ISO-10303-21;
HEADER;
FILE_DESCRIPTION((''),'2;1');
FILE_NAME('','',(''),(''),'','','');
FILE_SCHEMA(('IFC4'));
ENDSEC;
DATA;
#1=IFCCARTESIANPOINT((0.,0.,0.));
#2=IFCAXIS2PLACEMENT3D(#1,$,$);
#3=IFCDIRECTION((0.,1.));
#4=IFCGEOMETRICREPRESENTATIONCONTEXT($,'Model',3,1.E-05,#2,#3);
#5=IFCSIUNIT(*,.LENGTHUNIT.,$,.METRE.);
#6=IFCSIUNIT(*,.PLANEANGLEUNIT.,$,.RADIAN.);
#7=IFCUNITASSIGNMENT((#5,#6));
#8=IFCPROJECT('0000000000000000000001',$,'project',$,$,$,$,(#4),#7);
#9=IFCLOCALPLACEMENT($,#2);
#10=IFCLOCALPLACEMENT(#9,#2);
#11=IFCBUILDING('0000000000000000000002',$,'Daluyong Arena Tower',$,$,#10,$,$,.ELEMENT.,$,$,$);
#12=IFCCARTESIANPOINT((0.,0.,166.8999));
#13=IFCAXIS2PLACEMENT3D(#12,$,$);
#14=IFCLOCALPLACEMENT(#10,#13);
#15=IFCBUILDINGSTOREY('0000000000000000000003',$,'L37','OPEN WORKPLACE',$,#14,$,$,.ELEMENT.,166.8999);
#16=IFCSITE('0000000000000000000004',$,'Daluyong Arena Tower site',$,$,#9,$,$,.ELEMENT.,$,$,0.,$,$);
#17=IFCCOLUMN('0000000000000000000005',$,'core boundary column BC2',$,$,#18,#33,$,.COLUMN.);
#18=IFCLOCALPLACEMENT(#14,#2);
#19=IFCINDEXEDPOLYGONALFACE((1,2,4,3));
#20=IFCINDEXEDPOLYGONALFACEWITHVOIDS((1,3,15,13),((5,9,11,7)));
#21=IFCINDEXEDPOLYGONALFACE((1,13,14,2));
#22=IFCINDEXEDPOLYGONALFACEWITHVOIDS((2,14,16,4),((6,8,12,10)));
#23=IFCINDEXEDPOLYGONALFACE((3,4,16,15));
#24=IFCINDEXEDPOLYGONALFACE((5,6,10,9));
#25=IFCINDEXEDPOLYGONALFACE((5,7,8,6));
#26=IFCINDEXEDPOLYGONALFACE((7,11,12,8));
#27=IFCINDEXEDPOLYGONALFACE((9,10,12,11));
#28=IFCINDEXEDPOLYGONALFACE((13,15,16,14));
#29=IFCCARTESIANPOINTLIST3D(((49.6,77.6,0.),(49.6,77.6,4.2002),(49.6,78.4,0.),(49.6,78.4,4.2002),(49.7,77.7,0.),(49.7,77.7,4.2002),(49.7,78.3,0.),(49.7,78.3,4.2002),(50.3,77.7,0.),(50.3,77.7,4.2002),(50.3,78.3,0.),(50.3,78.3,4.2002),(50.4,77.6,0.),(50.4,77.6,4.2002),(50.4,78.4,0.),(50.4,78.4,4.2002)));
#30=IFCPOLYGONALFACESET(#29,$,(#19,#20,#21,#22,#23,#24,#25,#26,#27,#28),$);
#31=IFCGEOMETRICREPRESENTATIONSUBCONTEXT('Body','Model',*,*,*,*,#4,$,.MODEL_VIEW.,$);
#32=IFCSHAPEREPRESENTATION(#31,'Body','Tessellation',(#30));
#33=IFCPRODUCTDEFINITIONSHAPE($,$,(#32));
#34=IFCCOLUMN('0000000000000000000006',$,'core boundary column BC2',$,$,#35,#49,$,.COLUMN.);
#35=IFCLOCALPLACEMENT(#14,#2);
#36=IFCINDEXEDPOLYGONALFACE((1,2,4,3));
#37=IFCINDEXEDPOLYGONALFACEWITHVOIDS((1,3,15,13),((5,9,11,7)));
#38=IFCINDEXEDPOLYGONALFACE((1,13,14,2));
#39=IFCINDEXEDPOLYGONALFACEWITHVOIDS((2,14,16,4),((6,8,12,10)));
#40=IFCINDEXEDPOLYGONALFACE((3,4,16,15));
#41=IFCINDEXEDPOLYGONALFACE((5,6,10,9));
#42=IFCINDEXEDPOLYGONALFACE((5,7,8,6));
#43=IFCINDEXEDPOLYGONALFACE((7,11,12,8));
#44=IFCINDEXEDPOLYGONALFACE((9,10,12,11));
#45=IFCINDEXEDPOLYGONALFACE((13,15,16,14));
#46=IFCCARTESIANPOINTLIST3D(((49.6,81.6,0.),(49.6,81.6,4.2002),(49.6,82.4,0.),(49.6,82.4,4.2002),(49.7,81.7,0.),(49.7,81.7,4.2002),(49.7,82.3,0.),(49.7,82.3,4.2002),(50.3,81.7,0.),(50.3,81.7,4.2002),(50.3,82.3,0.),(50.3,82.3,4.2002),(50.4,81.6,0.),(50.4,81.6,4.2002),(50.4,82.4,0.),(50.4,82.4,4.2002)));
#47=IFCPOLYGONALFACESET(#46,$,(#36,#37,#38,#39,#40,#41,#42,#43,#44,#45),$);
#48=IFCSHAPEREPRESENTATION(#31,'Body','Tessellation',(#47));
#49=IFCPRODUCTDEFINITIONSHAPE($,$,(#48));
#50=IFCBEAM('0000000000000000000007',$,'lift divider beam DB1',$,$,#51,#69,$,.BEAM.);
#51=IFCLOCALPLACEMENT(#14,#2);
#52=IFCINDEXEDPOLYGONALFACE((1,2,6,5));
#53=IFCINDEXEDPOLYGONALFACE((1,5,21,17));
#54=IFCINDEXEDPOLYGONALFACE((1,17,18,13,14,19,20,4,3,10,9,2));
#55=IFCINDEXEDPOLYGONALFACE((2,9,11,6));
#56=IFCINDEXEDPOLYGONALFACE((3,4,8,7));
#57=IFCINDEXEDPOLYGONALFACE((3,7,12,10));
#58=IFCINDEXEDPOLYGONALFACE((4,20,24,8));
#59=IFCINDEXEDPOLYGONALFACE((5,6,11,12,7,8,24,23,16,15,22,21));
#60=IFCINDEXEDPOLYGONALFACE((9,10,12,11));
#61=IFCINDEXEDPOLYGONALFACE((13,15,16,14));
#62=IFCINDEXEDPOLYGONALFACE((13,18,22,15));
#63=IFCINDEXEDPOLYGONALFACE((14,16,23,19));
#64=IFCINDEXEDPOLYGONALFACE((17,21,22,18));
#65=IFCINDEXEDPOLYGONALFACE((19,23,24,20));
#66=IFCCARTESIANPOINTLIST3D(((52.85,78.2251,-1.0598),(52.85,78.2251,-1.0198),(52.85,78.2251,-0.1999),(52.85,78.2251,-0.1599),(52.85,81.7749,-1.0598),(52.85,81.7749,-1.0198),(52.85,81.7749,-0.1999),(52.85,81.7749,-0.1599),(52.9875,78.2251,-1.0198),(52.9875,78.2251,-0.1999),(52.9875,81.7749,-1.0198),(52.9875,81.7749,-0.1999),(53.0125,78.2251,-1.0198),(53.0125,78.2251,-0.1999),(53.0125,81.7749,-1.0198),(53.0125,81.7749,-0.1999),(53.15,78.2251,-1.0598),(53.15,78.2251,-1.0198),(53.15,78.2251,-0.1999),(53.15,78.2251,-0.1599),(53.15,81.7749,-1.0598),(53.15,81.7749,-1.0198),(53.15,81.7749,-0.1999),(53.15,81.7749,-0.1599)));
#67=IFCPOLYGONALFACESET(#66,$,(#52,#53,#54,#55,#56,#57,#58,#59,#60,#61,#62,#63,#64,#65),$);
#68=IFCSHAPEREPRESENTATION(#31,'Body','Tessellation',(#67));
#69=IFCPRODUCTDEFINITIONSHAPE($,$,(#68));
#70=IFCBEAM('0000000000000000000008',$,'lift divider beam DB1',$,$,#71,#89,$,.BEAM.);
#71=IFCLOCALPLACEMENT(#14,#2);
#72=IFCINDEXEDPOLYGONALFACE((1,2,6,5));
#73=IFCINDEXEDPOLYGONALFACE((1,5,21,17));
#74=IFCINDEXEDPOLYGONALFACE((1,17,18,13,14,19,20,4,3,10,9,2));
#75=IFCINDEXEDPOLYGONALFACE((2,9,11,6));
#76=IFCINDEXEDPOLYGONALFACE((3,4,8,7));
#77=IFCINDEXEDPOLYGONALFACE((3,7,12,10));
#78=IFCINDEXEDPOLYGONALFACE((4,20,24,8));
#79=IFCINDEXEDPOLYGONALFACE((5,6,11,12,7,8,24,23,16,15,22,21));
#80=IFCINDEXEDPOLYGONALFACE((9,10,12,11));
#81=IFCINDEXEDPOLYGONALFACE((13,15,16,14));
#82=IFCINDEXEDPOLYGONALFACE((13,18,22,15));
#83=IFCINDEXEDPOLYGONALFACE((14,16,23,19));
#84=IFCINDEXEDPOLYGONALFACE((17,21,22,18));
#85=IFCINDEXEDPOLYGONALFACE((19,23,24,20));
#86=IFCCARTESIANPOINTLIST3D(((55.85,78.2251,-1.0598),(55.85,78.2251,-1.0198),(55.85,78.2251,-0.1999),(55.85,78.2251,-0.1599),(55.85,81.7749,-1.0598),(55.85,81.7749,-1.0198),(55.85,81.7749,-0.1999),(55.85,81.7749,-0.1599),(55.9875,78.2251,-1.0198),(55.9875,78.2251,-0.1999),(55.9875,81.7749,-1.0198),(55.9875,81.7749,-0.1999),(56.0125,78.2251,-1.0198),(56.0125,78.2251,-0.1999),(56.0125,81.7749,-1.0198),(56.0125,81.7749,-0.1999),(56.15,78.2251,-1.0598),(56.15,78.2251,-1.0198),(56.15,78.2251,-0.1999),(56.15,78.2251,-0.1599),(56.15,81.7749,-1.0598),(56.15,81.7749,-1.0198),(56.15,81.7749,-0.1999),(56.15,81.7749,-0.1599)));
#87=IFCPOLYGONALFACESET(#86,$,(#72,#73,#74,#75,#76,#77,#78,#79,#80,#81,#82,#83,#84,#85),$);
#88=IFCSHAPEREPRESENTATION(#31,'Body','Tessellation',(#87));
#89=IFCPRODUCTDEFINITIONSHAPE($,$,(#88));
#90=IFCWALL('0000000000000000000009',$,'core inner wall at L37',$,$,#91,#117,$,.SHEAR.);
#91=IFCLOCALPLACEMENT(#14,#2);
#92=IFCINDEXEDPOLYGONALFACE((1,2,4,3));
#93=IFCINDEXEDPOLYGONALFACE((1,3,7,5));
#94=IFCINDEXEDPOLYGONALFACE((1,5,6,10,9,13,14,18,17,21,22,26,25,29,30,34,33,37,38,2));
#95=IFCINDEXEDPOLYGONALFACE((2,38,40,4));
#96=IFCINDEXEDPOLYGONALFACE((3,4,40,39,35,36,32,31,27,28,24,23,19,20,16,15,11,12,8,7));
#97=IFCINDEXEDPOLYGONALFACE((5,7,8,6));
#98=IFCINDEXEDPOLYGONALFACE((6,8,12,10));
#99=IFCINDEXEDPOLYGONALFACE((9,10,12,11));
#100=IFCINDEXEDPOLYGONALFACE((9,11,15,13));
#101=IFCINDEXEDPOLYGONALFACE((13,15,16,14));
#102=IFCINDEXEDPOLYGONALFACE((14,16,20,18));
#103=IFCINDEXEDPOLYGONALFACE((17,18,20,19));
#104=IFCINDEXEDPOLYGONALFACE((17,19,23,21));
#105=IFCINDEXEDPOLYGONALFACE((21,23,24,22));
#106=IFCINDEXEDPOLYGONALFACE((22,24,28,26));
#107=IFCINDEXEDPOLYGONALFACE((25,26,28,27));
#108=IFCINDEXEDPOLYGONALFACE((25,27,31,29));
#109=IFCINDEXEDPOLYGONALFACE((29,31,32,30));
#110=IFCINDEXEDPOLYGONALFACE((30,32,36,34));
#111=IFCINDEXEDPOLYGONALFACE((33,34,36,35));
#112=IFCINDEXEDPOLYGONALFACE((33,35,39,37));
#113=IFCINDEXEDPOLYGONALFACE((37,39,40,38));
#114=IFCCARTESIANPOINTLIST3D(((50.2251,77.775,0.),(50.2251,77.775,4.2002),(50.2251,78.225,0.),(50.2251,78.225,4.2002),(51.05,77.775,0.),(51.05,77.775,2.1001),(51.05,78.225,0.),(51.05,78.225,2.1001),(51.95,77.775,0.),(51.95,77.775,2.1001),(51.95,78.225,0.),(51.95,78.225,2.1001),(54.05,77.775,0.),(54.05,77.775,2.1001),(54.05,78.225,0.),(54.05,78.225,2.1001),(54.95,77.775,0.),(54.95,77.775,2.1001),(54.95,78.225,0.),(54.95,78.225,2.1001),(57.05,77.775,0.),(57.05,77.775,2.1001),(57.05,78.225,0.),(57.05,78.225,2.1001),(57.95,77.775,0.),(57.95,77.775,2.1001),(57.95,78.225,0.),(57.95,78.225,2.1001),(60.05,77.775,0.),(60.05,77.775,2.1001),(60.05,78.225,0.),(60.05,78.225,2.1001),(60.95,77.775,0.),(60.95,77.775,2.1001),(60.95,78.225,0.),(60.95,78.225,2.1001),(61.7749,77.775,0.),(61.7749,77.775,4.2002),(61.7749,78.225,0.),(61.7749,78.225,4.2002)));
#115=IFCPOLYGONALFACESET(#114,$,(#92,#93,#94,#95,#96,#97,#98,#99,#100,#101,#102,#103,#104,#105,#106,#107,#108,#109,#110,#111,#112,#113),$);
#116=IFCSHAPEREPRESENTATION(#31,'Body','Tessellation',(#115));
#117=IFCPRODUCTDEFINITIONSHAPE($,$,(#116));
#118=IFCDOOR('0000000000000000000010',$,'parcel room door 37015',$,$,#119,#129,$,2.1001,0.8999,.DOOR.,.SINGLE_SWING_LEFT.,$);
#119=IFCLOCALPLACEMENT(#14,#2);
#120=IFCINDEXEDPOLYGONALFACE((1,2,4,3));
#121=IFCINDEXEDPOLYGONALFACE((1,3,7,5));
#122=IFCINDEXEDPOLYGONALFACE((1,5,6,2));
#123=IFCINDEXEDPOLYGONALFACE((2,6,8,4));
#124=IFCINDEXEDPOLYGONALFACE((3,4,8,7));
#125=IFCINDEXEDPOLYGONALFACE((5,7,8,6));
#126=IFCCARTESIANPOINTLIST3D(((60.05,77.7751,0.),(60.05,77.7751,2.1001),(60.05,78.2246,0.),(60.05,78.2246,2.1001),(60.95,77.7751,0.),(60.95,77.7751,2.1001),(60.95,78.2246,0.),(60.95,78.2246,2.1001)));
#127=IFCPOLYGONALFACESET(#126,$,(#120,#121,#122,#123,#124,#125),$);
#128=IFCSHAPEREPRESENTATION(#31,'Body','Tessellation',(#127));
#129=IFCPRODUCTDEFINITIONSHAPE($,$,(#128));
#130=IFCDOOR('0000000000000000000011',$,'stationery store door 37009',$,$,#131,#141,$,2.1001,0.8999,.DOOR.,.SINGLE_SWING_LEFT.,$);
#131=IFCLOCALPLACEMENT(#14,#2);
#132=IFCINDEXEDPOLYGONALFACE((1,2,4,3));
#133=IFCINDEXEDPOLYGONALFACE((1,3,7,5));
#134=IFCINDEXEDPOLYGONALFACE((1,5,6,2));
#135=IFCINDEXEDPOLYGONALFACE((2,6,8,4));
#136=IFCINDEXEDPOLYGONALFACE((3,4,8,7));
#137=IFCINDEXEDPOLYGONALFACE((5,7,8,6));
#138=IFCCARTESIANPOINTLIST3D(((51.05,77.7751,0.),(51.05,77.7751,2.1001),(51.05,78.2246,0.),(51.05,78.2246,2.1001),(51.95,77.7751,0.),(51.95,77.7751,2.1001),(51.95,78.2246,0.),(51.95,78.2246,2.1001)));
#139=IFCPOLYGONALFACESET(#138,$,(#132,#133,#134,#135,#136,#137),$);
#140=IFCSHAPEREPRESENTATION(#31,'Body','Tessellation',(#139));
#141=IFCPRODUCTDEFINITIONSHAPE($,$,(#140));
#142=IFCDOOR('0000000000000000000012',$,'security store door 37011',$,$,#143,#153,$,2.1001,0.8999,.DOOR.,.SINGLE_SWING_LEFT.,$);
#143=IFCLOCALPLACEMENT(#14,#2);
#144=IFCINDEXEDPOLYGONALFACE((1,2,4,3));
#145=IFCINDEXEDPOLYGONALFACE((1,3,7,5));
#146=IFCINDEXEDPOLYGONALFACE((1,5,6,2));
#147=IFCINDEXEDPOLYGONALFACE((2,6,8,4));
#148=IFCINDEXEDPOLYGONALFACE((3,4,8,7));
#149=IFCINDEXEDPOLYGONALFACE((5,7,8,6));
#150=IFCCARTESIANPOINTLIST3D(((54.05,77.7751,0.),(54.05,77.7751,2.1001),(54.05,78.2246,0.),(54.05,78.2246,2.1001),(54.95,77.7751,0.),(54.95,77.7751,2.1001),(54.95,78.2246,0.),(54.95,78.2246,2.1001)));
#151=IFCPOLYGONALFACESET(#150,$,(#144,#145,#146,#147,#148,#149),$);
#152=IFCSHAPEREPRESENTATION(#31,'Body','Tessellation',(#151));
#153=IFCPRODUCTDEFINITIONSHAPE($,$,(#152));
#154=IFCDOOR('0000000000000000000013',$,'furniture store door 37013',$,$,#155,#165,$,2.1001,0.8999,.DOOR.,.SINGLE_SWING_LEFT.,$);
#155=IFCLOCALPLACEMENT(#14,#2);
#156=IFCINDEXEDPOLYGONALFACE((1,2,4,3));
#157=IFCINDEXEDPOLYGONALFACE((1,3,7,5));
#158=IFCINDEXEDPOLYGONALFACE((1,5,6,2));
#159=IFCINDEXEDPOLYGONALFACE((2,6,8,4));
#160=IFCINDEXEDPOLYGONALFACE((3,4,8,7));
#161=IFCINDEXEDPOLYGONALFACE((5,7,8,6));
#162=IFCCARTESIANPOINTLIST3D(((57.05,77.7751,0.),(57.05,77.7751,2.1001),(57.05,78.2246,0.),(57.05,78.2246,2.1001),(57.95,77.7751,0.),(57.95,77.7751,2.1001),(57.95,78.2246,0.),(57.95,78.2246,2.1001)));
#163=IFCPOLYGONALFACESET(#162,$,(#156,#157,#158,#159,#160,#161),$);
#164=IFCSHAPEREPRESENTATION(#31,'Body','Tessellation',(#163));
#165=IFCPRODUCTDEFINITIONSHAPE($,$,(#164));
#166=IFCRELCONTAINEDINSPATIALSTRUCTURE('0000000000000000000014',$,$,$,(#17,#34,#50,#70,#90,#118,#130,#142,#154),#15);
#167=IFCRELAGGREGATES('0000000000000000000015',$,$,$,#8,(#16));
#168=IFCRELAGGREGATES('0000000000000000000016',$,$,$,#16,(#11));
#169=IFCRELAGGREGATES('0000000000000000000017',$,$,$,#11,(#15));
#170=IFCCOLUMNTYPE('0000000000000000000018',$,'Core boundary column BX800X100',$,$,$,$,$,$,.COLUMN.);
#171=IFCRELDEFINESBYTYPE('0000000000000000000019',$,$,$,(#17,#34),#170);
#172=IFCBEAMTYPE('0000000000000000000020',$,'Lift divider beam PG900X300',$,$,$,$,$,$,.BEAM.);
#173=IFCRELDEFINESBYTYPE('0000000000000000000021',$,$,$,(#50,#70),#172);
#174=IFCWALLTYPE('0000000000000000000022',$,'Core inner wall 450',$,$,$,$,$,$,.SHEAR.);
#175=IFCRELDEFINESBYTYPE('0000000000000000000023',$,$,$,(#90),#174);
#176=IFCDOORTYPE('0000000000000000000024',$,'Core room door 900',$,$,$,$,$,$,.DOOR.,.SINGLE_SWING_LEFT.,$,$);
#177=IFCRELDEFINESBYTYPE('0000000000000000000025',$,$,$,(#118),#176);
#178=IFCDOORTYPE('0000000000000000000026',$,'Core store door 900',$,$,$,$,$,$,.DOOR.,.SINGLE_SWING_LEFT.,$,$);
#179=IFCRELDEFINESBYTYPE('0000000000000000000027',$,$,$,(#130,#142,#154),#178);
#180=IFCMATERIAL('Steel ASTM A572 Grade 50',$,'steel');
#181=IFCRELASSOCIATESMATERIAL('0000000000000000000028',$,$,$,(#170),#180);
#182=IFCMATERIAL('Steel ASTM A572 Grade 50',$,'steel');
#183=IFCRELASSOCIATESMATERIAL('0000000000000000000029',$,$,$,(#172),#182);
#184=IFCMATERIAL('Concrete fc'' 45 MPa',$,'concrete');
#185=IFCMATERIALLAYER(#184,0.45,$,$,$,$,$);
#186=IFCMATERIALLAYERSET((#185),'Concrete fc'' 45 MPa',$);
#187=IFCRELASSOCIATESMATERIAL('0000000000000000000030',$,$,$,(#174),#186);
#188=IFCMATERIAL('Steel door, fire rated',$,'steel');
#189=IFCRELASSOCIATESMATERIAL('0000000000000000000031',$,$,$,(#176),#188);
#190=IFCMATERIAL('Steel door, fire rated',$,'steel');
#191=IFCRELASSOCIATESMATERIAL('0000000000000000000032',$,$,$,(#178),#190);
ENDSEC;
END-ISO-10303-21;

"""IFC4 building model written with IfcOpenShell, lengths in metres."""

from ifc_helpers import new_model, si_unit, direction, frame, frame_2d, origin, origin_2d, place, context, subcontext, project, spatial, rectangle, hollow_rectangle, i_section, extrude, material, layer, layer_set, material_profile, profile_set, type_object, element, fill, save


model = new_model("IFC4")

# Units and contexts
model_context = context("Model", 3, precision=1e-05, world=origin(), true_north=direction((0.0, 1.0)))
body_context = subcontext(model_context, "Body", "Model", "MODEL_VIEW")
ifc_project = project(units=[si_unit("LENGTHUNIT", "METRE"), si_unit("PLANEANGLEUNIT", "RADIAN")], contexts=[model_context])

# Site, building, storey
site_placement = place(None, origin())
site = spatial("IfcSite", under=ifc_project, at=site_placement, Name="Daluyong Arena Tower site", CompositionType="ELEMENT", RefElevation=0.0)
building_placement = place(site_placement, origin())
building = spatial("IfcBuilding", under=site, at=building_placement, Name="Daluyong Arena Tower", CompositionType="ELEMENT")
storey_placement = place(building_placement, frame((0.0, 0.0, 166.8999)))
storey = spatial("IfcBuildingStorey", under=building, at=storey_placement, Name="L37", Description="OPEN WORKPLACE", CompositionType="ELEMENT", Elevation=166.8999)

# Columns
ifc_material_1 = material(Name="Steel ASTM A572 Grade 50", Category="steel")
ifc_material_profile_1 = material_profile(ifc_material_1, hollow_rectangle(XDim=0.8, YDim=0.8, WallThickness=0.1, at=origin_2d()))
ifc_profile_set_1 = profile_set([ifc_material_profile_1], Name="Steel ASTM A572 Grade 50")
column_type = type_object("IfcColumnType", Name="Core boundary column BX800X100", PredefinedType="COLUMN", material=ifc_profile_set_1)
for number, where, z_axis, x_axis, name in (
    (1, (50.0, 78.0, 0.0), (0.0, 0.0, 1.0), (1.0, 0.0, 0.0), "core boundary column BC2"),
    (2, (50.0, 82.0, 0.0), (0.0, 0.0, 1.0), (1.0, 0.0, 0.0), "core boundary column BC2"),
):
    element("IfcColumn", number, at=place(storey_placement, frame(where, z_axis=z_axis, x_axis=x_axis)), inside=storey, type_object=column_type, Name=name, PredefinedType="COLUMN", context=body_context, shape_type="SweptSolid", body=[
        extrude(hollow_rectangle(XDim=0.8, YDim=0.8, WallThickness=0.1, at=origin_2d()), origin(), (0.0, 0.0, 1.0), 4.2002),
    ])

# Beams
ifc_material_2 = material(Name="Steel ASTM A572 Grade 50", Category="steel")
ifc_material_profile_2 = material_profile(ifc_material_2, i_section(OverallWidth=0.3, OverallDepth=0.8999, WebThickness=0.025, FlangeThickness=0.04, at=origin_2d()))
ifc_profile_set_2 = profile_set([ifc_material_profile_2], Name="Steel ASTM A572 Grade 50")
beam_type = type_object("IfcBeamType", Name="Lift divider beam PG900X300", PredefinedType="BEAM", material=ifc_profile_set_2)
for number, where, z_axis, x_axis, name in (
    (3, (53.0, 78.2251, -0.6099), (0.0, 1.0, 0.0), (-1.0, 0.0, 0.0), "lift divider beam DB1"),
    (4, (56.0, 78.2251, -0.6099), (0.0, 1.0, 0.0), (-1.0, 0.0, 0.0), "lift divider beam DB1"),
):
    element("IfcBeam", number, at=place(storey_placement, frame(where, z_axis=z_axis, x_axis=x_axis)), inside=storey, type_object=beam_type, Name=name, PredefinedType="BEAM", context=body_context, shape_type="SweptSolid", body=[
        extrude(i_section(OverallWidth=0.3, OverallDepth=0.8999, WebThickness=0.025, FlangeThickness=0.04, at=origin_2d()), origin(), (0.0, 0.0, 1.0), 3.5498),
    ])

# Wall, openings, doors
ifc_material_3 = material(Name="Concrete fc' 45 MPa", Category="concrete")
ifc_layer_1 = layer(ifc_material_3, 0.45)
ifc_layer_set_1 = layer_set([ifc_layer_1], Name="Concrete fc' 45 MPa")
wall_type_1 = type_object("IfcWallType", Name="Core inner wall 450", PredefinedType="SHEAR", material=ifc_layer_set_1)
wall_1_placement = place(storey_placement, frame((50.2251, 78.0, 0.0), z_axis=(0.0, 0.0, 1.0), x_axis=(1.0, 0.0, 0.0)))
wall_1 = element("IfcWall", 5, at=wall_1_placement, inside=storey, type_object=wall_type_1, Name="core inner wall at L37", PredefinedType="SHEAR", context=body_context, shape_type="SweptSolid", body=[
    extrude(rectangle(XDim=11.5498, YDim=0.45, at=frame_2d((5.7749, 0.0))), origin(), (0.0, 0.0, 1.0), 4.2002),
])
opening_1_placement = place(wall_1_placement, frame((0.825, 0.0, 0.0)))
opening_1 = element("IfcOpeningElement", 6, at=opening_1_placement, cuts=wall_1, PredefinedType="OPENING", context=body_context, shape_type="SweptSolid", body=[
    extrude(rectangle(XDim=0.8999, YDim=2.1001, at=frame_2d((0.45, 1.05))), frame((0.0, 0.2349, 0.0), z_axis=(0.0, -1.0, 0.0), x_axis=(1.0, 0.0, 0.0)), (0.0, 0.0, 1.0), 0.47),
])
opening_2_placement = place(wall_1_placement, frame((3.825, 0.0, 0.0)))
opening_2 = element("IfcOpeningElement", 7, at=opening_2_placement, cuts=wall_1, PredefinedType="OPENING", context=body_context, shape_type="SweptSolid", body=[
    extrude(rectangle(XDim=0.8999, YDim=2.1001, at=frame_2d((0.45, 1.05))), frame((0.0, 0.2349, 0.0), z_axis=(0.0, -1.0, 0.0), x_axis=(1.0, 0.0, 0.0)), (0.0, 0.0, 1.0), 0.47),
])
opening_3_placement = place(wall_1_placement, frame((6.825, 0.0, 0.0)))
opening_3 = element("IfcOpeningElement", 8, at=opening_3_placement, cuts=wall_1, PredefinedType="OPENING", context=body_context, shape_type="SweptSolid", body=[
    extrude(rectangle(XDim=0.8999, YDim=2.1001, at=frame_2d((0.45, 1.05))), frame((0.0, 0.2349, 0.0), z_axis=(0.0, -1.0, 0.0), x_axis=(1.0, 0.0, 0.0)), (0.0, 0.0, 1.0), 0.47),
])
opening_4_placement = place(wall_1_placement, frame((9.825, 0.0, 0.0)))
opening_4 = element("IfcOpeningElement", 9, at=opening_4_placement, cuts=wall_1, PredefinedType="OPENING", context=body_context, shape_type="SweptSolid", body=[
    extrude(rectangle(XDim=0.8999, YDim=2.1001, at=frame_2d((0.45, 1.05))), frame((0.0, 0.2349, 0.0), z_axis=(0.0, -1.0, 0.0), x_axis=(1.0, 0.0, 0.0)), (0.0, 0.0, 1.0), 0.47),
])
ifc_material_4 = material(Name="Steel door, fire rated", Category="steel")
door_type_1 = type_object("IfcDoorType", Name="Core room door 900", OperationType="SINGLE_SWING_LEFT", PredefinedType="DOOR", material=ifc_material_4)
door_1_placement = place(opening_4_placement, origin())
door_1 = element("IfcDoor", 10, at=door_1_placement, inside=storey, type_object=door_type_1, Name="parcel room door 37015", OperationType="SINGLE_SWING_LEFT", OverallHeight=2.1001, OverallWidth=0.8999, PredefinedType="DOOR", context=body_context, shape_type="SweptSolid", body=[
    extrude(rectangle(XDim=0.8999, YDim=2.1001, at=frame_2d((0.45, 1.05))), frame((0.0, 0.2246, 0.0), z_axis=(0.0, -1.0, 0.0), x_axis=(1.0, 0.0, 0.0)), (0.0, 0.0, 1.0), 0.4495),
])
fill(opening_4, door_1)
ifc_material_5 = material(Name="Steel door, fire rated", Category="steel")
door_type_2 = type_object("IfcDoorType", Name="Core store door 900", OperationType="SINGLE_SWING_LEFT", PredefinedType="DOOR", material=ifc_material_5)
door_2_placement = place(opening_1_placement, origin())
door_2 = element("IfcDoor", 11, at=door_2_placement, inside=storey, type_object=door_type_2, Name="stationery store door 37009", OperationType="SINGLE_SWING_LEFT", OverallHeight=2.1001, OverallWidth=0.8999, PredefinedType="DOOR", context=body_context, shape_type="SweptSolid", body=[
    extrude(rectangle(XDim=0.8999, YDim=2.1001, at=frame_2d((0.45, 1.05))), frame((0.0, 0.2246, 0.0), z_axis=(0.0, -1.0, 0.0), x_axis=(1.0, 0.0, 0.0)), (0.0, 0.0, 1.0), 0.4495),
])
fill(opening_1, door_2)
door_3_placement = place(opening_2_placement, origin())
door_3 = element("IfcDoor", 12, at=door_3_placement, inside=storey, type_object=door_type_2, Name="security store door 37011", OperationType="SINGLE_SWING_LEFT", OverallHeight=2.1001, OverallWidth=0.8999, PredefinedType="DOOR", context=body_context, shape_type="SweptSolid", body=[
    extrude(rectangle(XDim=0.8999, YDim=2.1001, at=frame_2d((0.45, 1.05))), frame((0.0, 0.2246, 0.0), z_axis=(0.0, -1.0, 0.0), x_axis=(1.0, 0.0, 0.0)), (0.0, 0.0, 1.0), 0.4495),
])
fill(opening_2, door_3)
door_4_placement = place(opening_3_placement, origin())
door_4 = element("IfcDoor", 13, at=door_4_placement, inside=storey, type_object=door_type_2, Name="furniture store door 37013", OperationType="SINGLE_SWING_LEFT", OverallHeight=2.1001, OverallWidth=0.8999, PredefinedType="DOOR", context=body_context, shape_type="SweptSolid", body=[
    extrude(rectangle(XDim=0.8999, YDim=2.1001, at=frame_2d((0.45, 1.05))), frame((0.0, 0.2246, 0.0), z_axis=(0.0, -1.0, 0.0), x_axis=(1.0, 0.0, 0.0)), (0.0, 0.0, 1.0), 0.4495),
])
fill(opening_3, door_4)

save(model, "model.ifc")
